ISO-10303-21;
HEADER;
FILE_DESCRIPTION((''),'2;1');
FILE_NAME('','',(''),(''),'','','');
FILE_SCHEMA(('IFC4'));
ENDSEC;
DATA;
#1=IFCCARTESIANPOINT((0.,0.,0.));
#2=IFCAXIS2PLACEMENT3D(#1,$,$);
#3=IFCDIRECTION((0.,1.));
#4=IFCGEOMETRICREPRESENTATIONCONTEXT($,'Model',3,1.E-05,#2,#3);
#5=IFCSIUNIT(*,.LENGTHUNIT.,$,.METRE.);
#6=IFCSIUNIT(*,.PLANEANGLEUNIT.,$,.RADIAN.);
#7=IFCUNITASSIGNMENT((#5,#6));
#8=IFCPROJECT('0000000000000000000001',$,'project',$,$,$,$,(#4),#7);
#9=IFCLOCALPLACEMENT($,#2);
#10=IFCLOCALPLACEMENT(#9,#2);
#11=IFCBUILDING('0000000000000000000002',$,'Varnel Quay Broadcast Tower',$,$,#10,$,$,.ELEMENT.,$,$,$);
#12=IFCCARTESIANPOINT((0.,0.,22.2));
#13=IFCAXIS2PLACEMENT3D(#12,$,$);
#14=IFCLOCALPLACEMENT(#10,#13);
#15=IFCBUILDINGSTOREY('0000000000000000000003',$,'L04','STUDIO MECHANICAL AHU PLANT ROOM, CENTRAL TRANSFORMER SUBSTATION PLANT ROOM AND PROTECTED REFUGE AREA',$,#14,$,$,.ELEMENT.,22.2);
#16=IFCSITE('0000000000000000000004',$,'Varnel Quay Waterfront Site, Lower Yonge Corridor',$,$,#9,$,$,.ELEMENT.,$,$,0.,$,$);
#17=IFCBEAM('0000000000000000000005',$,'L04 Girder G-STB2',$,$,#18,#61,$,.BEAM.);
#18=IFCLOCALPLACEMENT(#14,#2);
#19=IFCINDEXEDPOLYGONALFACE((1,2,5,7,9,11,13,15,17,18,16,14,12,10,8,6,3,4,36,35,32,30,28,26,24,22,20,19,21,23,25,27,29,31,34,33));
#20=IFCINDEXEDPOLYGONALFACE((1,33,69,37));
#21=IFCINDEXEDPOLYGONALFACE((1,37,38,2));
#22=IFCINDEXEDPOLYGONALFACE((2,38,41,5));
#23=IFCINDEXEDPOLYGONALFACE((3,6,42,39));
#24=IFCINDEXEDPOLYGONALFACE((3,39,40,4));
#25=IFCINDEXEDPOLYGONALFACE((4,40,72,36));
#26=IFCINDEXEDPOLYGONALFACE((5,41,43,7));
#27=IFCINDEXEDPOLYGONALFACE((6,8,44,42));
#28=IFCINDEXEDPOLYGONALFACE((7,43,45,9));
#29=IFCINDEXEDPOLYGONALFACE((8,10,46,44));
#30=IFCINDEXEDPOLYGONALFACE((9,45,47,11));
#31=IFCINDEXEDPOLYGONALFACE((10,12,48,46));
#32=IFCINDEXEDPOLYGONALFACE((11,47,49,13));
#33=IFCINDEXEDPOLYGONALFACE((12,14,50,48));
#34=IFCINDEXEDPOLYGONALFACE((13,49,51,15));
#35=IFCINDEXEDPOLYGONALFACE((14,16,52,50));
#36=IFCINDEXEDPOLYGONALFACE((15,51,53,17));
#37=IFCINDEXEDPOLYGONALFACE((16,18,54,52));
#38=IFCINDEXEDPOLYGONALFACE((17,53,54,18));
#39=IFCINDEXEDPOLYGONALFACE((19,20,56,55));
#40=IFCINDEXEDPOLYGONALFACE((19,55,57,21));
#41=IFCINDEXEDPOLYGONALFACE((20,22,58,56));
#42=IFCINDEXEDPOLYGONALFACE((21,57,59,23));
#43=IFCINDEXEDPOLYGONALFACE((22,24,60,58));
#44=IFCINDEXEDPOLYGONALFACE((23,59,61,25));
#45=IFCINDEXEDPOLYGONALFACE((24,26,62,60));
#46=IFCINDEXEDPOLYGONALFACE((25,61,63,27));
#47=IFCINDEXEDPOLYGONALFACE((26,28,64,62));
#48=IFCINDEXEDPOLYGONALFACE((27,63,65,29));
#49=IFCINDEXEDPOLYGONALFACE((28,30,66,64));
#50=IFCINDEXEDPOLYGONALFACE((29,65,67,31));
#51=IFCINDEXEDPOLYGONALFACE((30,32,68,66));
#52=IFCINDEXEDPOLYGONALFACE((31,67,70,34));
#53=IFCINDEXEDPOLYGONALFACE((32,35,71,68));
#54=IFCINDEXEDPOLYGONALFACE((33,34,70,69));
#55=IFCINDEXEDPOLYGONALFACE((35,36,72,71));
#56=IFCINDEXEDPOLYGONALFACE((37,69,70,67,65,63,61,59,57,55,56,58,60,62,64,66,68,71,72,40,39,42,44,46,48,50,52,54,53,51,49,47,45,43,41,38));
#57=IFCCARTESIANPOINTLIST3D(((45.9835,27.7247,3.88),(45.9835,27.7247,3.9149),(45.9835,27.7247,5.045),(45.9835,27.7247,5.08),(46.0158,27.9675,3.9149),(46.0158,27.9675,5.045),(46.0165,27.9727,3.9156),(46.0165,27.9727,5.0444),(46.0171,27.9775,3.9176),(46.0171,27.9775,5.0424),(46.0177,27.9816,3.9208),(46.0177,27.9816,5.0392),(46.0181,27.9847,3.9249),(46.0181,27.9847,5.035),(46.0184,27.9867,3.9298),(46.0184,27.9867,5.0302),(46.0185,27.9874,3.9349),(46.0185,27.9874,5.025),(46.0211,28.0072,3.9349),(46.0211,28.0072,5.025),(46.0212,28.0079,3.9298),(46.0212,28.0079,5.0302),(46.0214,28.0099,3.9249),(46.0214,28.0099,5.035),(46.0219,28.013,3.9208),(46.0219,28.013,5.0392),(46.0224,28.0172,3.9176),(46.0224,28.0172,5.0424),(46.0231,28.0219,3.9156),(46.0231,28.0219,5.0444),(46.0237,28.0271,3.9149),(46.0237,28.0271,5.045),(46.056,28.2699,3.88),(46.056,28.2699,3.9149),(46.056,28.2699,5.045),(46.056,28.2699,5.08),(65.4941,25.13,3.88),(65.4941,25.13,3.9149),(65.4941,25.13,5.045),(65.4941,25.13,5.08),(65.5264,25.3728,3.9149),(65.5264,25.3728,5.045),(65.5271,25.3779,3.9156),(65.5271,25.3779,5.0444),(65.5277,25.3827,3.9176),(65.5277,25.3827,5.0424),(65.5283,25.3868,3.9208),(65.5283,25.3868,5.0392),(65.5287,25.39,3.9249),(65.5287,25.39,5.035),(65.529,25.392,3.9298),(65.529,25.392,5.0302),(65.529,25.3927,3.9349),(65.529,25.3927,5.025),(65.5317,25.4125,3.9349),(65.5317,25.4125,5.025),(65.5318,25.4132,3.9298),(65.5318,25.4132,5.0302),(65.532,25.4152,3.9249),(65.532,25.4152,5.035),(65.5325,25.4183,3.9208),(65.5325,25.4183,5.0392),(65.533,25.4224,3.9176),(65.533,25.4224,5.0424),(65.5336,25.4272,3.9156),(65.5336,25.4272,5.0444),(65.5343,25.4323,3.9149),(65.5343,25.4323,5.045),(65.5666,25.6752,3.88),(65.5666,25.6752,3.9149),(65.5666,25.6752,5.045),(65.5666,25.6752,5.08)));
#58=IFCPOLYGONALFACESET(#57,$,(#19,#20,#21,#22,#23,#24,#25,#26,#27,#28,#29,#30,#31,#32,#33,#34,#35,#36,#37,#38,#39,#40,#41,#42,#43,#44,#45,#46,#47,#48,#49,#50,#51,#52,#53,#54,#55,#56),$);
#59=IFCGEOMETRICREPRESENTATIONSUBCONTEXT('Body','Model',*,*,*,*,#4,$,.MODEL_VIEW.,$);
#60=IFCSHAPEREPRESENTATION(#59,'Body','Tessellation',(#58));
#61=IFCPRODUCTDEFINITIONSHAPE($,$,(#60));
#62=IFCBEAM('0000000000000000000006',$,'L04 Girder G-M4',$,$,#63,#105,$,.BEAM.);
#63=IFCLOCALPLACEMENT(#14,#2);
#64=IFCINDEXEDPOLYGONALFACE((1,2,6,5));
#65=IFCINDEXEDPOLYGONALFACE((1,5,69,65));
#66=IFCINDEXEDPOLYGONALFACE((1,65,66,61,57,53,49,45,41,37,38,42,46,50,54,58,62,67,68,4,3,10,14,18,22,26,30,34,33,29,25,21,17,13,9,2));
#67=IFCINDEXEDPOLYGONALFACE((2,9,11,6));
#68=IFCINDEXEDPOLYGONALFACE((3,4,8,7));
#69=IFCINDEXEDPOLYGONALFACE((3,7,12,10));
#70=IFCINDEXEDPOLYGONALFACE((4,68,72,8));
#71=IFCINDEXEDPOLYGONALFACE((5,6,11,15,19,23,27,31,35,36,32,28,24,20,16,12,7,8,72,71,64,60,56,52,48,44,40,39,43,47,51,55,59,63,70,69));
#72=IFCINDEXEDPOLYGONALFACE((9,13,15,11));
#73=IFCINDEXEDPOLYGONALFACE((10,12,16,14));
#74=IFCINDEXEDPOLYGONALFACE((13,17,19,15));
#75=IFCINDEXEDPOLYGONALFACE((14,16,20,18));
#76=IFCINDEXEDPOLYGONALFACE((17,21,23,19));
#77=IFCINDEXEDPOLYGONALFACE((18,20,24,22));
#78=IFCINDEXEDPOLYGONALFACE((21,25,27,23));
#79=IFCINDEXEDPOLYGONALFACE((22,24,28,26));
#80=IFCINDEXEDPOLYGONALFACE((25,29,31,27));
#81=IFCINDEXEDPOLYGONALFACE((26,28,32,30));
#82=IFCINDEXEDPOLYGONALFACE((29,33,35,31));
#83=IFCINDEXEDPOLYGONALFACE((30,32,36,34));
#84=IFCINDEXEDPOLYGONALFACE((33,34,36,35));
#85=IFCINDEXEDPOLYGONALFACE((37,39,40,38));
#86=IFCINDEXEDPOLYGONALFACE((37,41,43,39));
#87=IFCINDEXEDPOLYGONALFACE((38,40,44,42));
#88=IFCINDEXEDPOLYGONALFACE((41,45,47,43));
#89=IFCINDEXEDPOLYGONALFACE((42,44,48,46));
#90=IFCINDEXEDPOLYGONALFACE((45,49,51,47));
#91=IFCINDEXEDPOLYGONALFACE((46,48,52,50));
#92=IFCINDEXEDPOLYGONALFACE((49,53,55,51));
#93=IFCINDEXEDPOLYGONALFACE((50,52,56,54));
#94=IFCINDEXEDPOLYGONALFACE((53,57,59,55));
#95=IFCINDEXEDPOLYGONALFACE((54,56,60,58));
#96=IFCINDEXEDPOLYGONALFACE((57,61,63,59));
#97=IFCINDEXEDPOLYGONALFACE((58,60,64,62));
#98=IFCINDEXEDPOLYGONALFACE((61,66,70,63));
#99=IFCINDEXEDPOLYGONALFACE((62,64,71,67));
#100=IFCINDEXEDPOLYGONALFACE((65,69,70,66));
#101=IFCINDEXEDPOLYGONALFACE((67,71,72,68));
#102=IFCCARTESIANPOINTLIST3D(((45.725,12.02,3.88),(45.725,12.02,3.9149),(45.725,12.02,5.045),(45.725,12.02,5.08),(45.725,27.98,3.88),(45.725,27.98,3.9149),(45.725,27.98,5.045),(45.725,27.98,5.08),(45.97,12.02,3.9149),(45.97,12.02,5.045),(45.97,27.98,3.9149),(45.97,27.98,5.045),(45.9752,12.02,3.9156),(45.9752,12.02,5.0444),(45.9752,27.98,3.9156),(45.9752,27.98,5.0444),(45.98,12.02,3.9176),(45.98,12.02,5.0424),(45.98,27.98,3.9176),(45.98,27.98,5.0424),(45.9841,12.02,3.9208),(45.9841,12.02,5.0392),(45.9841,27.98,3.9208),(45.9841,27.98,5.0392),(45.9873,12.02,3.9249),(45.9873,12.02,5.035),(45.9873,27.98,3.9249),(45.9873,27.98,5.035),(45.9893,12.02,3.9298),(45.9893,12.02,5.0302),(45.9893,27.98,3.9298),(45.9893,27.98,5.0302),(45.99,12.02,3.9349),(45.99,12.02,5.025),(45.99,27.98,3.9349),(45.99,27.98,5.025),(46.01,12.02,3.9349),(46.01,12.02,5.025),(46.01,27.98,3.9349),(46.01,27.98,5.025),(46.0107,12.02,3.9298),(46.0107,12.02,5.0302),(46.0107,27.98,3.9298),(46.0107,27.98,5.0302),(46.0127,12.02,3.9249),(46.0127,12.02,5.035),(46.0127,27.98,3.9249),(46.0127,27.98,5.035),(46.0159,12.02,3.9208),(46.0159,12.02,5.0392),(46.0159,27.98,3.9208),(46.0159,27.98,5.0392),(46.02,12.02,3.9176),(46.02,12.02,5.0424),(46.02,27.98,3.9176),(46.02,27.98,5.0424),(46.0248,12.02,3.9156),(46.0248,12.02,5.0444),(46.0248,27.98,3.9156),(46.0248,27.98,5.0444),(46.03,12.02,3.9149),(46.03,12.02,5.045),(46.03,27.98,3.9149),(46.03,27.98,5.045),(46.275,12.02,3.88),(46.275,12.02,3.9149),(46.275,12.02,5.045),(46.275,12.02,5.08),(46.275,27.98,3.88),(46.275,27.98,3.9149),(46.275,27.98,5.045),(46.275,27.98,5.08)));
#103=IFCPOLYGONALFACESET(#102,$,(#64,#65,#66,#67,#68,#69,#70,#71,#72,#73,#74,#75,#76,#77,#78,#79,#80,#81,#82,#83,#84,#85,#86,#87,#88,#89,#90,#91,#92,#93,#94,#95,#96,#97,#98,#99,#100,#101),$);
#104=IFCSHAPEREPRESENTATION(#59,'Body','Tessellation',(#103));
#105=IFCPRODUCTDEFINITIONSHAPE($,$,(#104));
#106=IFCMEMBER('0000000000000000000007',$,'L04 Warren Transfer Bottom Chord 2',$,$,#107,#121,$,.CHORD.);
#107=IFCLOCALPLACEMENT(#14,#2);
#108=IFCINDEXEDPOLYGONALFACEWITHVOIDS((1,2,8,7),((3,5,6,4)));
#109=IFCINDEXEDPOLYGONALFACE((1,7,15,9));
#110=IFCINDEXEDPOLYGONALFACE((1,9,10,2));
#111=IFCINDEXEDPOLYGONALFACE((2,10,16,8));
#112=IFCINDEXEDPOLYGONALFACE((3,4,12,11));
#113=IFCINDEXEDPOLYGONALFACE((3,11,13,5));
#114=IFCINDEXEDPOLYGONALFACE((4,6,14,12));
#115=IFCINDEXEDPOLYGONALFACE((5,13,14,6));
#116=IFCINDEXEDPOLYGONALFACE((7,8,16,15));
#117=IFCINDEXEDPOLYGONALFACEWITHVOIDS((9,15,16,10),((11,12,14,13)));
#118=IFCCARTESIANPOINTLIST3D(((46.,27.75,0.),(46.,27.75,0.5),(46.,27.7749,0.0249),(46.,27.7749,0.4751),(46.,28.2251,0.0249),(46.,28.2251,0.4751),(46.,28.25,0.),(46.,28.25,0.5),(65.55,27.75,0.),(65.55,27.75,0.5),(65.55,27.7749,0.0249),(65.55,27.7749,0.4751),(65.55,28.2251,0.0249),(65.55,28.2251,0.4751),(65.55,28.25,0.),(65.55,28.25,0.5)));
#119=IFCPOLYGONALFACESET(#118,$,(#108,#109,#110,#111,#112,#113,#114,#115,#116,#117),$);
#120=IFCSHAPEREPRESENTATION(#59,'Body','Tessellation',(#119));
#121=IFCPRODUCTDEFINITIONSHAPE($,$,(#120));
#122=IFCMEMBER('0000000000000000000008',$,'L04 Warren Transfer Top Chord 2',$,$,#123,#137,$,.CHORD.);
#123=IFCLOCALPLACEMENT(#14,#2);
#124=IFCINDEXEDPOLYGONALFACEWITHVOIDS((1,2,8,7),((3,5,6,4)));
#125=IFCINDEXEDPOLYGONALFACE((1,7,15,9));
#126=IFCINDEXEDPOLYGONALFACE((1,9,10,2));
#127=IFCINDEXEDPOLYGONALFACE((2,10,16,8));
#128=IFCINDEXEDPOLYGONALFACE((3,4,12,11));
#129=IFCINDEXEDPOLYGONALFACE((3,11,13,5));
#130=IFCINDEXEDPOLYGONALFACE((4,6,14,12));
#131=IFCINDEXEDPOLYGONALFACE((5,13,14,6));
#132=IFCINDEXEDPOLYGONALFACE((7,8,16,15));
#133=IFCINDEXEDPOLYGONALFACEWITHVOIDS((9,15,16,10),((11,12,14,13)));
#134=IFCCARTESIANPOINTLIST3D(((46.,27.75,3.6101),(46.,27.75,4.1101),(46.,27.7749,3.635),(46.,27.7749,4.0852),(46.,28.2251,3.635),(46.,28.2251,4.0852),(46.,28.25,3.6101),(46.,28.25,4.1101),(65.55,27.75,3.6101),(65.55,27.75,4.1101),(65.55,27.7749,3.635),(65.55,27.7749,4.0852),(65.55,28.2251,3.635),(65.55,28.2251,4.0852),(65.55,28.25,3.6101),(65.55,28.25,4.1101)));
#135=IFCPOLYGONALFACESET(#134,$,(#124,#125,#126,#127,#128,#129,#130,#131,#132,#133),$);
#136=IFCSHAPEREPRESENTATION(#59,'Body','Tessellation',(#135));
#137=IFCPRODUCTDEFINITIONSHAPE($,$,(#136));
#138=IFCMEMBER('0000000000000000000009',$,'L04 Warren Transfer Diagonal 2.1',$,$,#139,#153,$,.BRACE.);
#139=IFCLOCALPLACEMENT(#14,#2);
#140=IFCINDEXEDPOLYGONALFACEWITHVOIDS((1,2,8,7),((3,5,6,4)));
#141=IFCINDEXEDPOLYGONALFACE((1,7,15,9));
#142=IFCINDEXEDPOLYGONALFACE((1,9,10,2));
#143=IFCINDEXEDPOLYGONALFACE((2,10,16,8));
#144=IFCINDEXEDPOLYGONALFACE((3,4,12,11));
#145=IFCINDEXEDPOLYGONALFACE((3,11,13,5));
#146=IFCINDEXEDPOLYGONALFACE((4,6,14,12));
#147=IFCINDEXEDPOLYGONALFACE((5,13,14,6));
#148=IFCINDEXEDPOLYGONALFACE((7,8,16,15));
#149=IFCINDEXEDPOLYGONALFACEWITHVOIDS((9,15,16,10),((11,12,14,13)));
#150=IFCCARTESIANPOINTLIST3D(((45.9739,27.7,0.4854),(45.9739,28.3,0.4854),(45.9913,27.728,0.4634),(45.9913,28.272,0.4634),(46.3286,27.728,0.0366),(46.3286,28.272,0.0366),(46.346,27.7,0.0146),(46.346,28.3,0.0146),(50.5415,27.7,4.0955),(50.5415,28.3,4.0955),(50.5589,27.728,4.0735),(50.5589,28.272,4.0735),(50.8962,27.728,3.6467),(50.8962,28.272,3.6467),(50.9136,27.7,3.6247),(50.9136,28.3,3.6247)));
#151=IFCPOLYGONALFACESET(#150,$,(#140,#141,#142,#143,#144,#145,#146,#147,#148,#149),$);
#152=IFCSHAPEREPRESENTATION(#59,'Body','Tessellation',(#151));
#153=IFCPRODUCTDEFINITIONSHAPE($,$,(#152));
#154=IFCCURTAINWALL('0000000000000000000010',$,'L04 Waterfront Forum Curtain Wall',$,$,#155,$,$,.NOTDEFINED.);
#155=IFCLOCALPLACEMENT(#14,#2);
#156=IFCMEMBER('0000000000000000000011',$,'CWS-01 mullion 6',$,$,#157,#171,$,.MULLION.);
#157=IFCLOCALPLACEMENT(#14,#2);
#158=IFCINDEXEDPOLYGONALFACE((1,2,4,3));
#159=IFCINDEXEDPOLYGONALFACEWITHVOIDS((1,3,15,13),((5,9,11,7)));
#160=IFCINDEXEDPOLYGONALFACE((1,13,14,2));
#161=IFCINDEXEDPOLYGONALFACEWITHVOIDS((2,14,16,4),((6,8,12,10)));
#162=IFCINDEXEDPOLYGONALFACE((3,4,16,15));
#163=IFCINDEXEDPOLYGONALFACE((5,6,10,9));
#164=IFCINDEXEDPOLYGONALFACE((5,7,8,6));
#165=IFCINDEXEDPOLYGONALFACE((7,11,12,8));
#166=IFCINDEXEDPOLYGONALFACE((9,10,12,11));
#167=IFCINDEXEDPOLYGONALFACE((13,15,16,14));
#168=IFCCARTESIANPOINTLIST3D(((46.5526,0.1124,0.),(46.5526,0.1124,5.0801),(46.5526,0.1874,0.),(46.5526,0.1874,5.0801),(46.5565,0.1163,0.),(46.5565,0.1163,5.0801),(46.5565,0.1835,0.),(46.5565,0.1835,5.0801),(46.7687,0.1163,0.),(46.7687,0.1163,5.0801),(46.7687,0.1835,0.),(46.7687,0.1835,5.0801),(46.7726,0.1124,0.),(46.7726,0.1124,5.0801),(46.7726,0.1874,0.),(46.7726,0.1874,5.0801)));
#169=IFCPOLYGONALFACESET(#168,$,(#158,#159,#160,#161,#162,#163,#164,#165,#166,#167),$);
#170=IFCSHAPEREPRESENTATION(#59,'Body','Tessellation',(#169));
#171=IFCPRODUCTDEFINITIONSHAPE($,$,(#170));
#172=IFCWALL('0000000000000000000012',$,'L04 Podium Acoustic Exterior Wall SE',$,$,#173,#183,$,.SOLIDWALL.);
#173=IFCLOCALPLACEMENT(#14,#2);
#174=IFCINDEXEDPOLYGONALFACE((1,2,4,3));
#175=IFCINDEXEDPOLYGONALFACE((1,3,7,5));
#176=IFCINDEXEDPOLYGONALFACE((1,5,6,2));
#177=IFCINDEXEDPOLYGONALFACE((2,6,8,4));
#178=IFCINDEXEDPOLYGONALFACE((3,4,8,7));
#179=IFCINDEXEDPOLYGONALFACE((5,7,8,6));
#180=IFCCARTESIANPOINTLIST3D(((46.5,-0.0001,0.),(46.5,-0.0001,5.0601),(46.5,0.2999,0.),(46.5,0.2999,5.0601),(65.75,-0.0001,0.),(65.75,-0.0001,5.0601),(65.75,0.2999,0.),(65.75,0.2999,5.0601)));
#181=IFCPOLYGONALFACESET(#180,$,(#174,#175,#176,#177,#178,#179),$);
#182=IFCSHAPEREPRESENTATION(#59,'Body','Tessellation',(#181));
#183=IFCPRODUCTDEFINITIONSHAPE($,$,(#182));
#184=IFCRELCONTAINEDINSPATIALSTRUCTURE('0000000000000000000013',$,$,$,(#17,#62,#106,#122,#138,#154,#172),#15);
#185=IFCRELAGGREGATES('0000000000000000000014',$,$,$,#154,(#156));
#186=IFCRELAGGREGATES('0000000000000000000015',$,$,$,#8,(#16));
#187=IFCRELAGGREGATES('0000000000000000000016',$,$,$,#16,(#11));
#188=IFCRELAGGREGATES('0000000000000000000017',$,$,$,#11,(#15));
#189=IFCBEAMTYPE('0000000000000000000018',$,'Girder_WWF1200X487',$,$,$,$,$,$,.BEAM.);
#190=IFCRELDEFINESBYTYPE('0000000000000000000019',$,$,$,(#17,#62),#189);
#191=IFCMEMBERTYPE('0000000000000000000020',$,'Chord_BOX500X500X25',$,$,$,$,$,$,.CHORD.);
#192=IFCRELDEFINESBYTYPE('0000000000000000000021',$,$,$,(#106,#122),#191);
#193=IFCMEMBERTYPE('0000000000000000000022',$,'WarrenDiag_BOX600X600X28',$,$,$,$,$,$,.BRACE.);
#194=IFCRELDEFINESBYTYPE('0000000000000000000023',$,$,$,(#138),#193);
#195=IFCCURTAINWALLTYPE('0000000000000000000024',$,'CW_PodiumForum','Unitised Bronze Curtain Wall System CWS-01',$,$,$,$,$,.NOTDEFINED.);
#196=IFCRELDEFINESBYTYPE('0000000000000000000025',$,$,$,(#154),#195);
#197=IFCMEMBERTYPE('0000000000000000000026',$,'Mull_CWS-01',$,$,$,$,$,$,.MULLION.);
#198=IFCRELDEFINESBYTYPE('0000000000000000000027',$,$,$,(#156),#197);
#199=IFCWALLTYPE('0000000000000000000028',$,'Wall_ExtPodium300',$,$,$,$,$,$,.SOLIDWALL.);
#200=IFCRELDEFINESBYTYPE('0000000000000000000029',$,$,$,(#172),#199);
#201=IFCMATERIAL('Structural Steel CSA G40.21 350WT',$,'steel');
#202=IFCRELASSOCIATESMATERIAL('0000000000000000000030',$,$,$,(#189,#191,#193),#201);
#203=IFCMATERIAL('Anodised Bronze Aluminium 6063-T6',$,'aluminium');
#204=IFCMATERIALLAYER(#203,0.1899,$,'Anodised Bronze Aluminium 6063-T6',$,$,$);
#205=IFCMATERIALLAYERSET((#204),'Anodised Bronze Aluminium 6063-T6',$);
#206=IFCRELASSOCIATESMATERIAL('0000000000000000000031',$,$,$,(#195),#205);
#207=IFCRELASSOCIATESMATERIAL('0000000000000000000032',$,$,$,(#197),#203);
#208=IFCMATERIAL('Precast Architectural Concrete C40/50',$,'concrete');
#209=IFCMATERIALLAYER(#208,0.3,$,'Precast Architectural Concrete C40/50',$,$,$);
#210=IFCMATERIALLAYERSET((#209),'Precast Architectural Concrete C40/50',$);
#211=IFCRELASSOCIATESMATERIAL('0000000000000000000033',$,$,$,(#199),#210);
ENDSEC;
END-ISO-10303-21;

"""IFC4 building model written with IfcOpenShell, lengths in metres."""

from ifc_helpers import new_model, si_unit, direction, frame, frame_2d, origin, origin_2d, place, context, subcontext, project, spatial, rectangle, hollow_rectangle, i_section, extrude, source, transform, mapped, material, layer, layer_set, material_profile, profile_set, type_object, type_shapes, element, aggregate, save


model = new_model("IFC4")

# Units and contexts
model_context = context("Model", 3, precision=1e-05, world=origin(), true_north=direction((0.0, 1.0)))
body_context = subcontext(model_context, "Body", "Model", "MODEL_VIEW")
ifc_project = project(units=[si_unit("LENGTHUNIT", "METRE"), si_unit("PLANEANGLEUNIT", "RADIAN")], contexts=[model_context])

# Site, building, storey
site_placement = place(None, origin())
site = spatial("IfcSite", under=ifc_project, at=site_placement, Name="Varnel Quay Waterfront Site, Lower Yonge Corridor", CompositionType="ELEMENT", RefElevation=0.0)
building_placement = place(site_placement, origin())
building = spatial("IfcBuilding", under=site, at=building_placement, Name="Varnel Quay Broadcast Tower", CompositionType="ELEMENT")
storey_placement = place(building_placement, frame((0.0, 0.0, 22.2)))
storey = spatial("IfcBuildingStorey", under=building, at=storey_placement, Name="L04", Description="STUDIO MECHANICAL AHU PLANT ROOM, CENTRAL TRANSFORMER SUBSTATION PLANT ROOM AND PROTECTED REFUGE AREA", CompositionType="ELEMENT", Elevation=22.2)

# Shared definitions
ifc_material_1 = material(Name="Structural Steel CSA G40.21 350WT", Category="steel")

# Beams
ifc_material_profile_1 = material_profile(ifc_material_1, i_section(OverallWidth=0.55, OverallDepth=1.2, WebThickness=0.02, FlangeThickness=0.0349, FilletRadius=0.02, at=origin_2d()), Name="WWF1200X487")
ifc_profile_set_1 = profile_set([ifc_material_profile_1], Name="Structural Steel CSA G40.21 350WT")
beam_type_1 = type_object("IfcBeamType", Name="Girder_WWF1200X487", PredefinedType="BEAM", material=ifc_profile_set_1)
shared_shape_1 = source(origin(), body_context, "Body", "SweptSolid", [
    extrude(i_section(OverallWidth=0.55, OverallDepth=1.2, WebThickness=0.02, FlangeThickness=0.0349, FilletRadius=0.02, at=origin_2d()), origin(), (0.0, 0.0, 1.0), 19.6824),
])
beam_1_placement = place(storey_placement, frame((46.0198, 27.9973, 4.48), z_axis=(0.991272, -0.131831, 0.0), x_axis=(0.131831, 0.991272, 0.0)))
element("IfcBeam", 1, at=beam_1_placement, inside=storey, type_object=beam_type_1, Name="L04 Girder G-STB2", PredefinedType="BEAM", context=body_context, shape_type="MappedRepresentation", body=[
    mapped(shared_shape_1, transform((0.0, 0.0, 0.0), x_axis=(1.0, 0.0, 0.0), y_axis=(0.0, 1.0, 0.0), z_axis=(0.0, 0.0, 1.0), scale=1.0)),
])
shared_shape_2 = source(origin(), body_context, "Body", "SweptSolid", [
    extrude(i_section(OverallWidth=0.55, OverallDepth=1.2, WebThickness=0.02, FlangeThickness=0.0349, FilletRadius=0.02, at=origin_2d()), origin(), (0.0, 0.0, 1.0), 15.96),
])
beam_2_placement = place(storey_placement, frame((46.0, 12.02, 4.48), z_axis=(0.0, 1.0, 0.0), x_axis=(-1.0, 0.0, 0.0)))
element("IfcBeam", 2, at=beam_2_placement, inside=storey, type_object=beam_type_1, Name="L04 Girder G-M4", PredefinedType="BEAM", context=body_context, shape_type="MappedRepresentation", body=[
    mapped(shared_shape_2, transform((0.0, 0.0, 0.0), x_axis=(1.0, 0.0, 0.0), y_axis=(0.0, 1.0, 0.0), z_axis=(0.0, 0.0, 1.0), scale=1.0)),
])

# Members
ifc_material_profile_2 = material_profile(ifc_material_1, hollow_rectangle(XDim=0.5, YDim=0.5, WallThickness=0.0249, at=origin_2d()), Name="BOX500X500X25")
ifc_profile_set_2 = profile_set([ifc_material_profile_2], Name="Structural Steel CSA G40.21 350WT")
member_type_1 = type_object("IfcMemberType", Name="Chord_BOX500X500X25", PredefinedType="CHORD", material=ifc_profile_set_2)
shared_shape_3 = source(origin(), body_context, "Body", "SweptSolid", [
    extrude(hollow_rectangle(XDim=0.5, YDim=0.5, WallThickness=0.0249, at=origin_2d()), origin(), (0.0, 0.0, 1.0), 19.55),
])
type_shapes(member_type_1, [shared_shape_3])
for number, where, z_axis, x_axis, name in (
    (3, (46.0, 28.0, 0.25), (1.0, 0.0, 0.0), (0.0, 1.0, 0.0), "L04 Warren Transfer Bottom Chord 2"),
    (4, (46.0, 28.0, 3.8601), (1.0, 0.0, 0.0), (0.0, 1.0, 0.0), "L04 Warren Transfer Top Chord 2"),
):
    element("IfcMember", number, at=place(storey_placement, frame(where, z_axis=z_axis, x_axis=x_axis)), inside=storey, type_object=member_type_1, Name=name, PredefinedType="CHORD", context=body_context, shape_type="MappedRepresentation", body=[
        mapped(shared_shape_3, transform((0.0, 0.0, 0.0), x_axis=(1.0, 0.0, 0.0), y_axis=(0.0, 1.0, 0.0), z_axis=(0.0, 0.0, 1.0), scale=1.0)),
    ])
ifc_material_profile_3 = material_profile(ifc_material_1, hollow_rectangle(XDim=0.6001, YDim=0.6001, WallThickness=0.0281, at=origin_2d()), Name="BOX600X600X28")
ifc_profile_set_3 = profile_set([ifc_material_profile_3], Name="Structural Steel CSA G40.21 350WT")
member_type_2 = type_object("IfcMemberType", Name="WarrenDiag_BOX600X600X28", PredefinedType="BRACE", material=ifc_profile_set_3)
shared_shape_4 = source(origin(), body_context, "Body", "SweptSolid", [
    extrude(hollow_rectangle(XDim=0.6001, YDim=0.6001, WallThickness=0.0281, at=origin_2d()), origin(), (0.0, 0.0, 1.0), 5.822),
])
type_shapes(member_type_2, [shared_shape_4])
member_1_placement = place(storey_placement, frame((46.1599, 28.0, 0.25), z_axis=(0.784541, 0.0, 0.620077), x_axis=(0.0, 1.0, 0.0)))
element("IfcMember", 5, at=member_1_placement, inside=storey, type_object=member_type_2, Name="L04 Warren Transfer Diagonal 2.1", PredefinedType="BRACE", context=body_context, shape_type="MappedRepresentation", body=[
    mapped(shared_shape_4, transform((0.0, 0.0, 0.0), x_axis=(1.0, 0.0, 0.0), y_axis=(0.0, 1.0, 0.0), z_axis=(0.0, 0.0, 1.0), scale=1.0)),
])

# Curtain wall, member
ifc_material_2 = material(Name="Anodised Bronze Aluminium 6063-T6", Category="aluminium")
ifc_layer_1 = layer(ifc_material_2, 0.1899, Name="Anodised Bronze Aluminium 6063-T6")
ifc_layer_set_1 = layer_set([ifc_layer_1], Name="Anodised Bronze Aluminium 6063-T6")
curtain_wall_type = type_object("IfcCurtainWallType", Name="CW_PodiumForum", Description="Unitised Bronze Curtain Wall System CWS-01", PredefinedType="NOTDEFINED", material=ifc_layer_set_1)
curtain_wall_placement = place(storey_placement, origin())
curtain_wall = element("IfcCurtainWall", 6, at=curtain_wall_placement, inside=storey, type_object=curtain_wall_type, Name="L04 Waterfront Forum Curtain Wall", PredefinedType="NOTDEFINED")
ifc_material_profile_4 = material_profile(ifc_material_2, hollow_rectangle(XDim=0.075, YDim=0.22, WallThickness=0.0039, at=origin_2d()), Name="ALU75X220X4")
ifc_profile_set_4 = profile_set([ifc_material_profile_4], Name="Anodised Bronze Aluminium 6063-T6")
member_type_3 = type_object("IfcMemberType", Name="Mull_CWS-01", PredefinedType="MULLION", material=ifc_profile_set_4)
shared_shape_5 = source(origin(), body_context, "Body", "SweptSolid", [
    extrude(hollow_rectangle(XDim=0.075, YDim=0.22, WallThickness=0.0039, at=origin_2d()), origin(), (0.0, 0.0, 1.0), 5.0801),
])
type_shapes(member_type_3, [shared_shape_5])
member_2_placement = place(storey_placement, frame((46.6626, 0.1499, 0.0), z_axis=(0.0, 0.0, 1.0), x_axis=(0.0, 1.0, 0.0)))
member_2 = element("IfcMember", 7, at=member_2_placement, type_object=member_type_3, Name="CWS-01 mullion 6", PredefinedType="MULLION", context=body_context, shape_type="MappedRepresentation", body=[
    mapped(shared_shape_5, transform((0.0, 0.0, 0.0), x_axis=(1.0, 0.0, 0.0), y_axis=(0.0, 1.0, 0.0), z_axis=(0.0, 0.0, 1.0), scale=1.0)),
])
aggregate(curtain_wall, [member_2])

# Wall
ifc_material_3 = material(Name="Precast Architectural Concrete C40/50", Category="concrete")
ifc_layer_2 = layer(ifc_material_3, 0.3, Name="Precast Architectural Concrete C40/50")
ifc_layer_set_2 = layer_set([ifc_layer_2], Name="Precast Architectural Concrete C40/50")
wall_type_1 = type_object("IfcWallType", Name="Wall_ExtPodium300", PredefinedType="SOLIDWALL", material=ifc_layer_set_2)
wall_1_placement = place(storey_placement, frame((46.5, 0.1499, 0.0), z_axis=(0.0, 0.0, 1.0), x_axis=(1.0, 0.0, 0.0)))
element("IfcWall", 8, at=wall_1_placement, inside=storey, type_object=wall_type_1, Name="L04 Podium Acoustic Exterior Wall SE", PredefinedType="SOLIDWALL", context=body_context, shape_type="SweptSolid", body=[
    extrude(rectangle(XDim=19.25, YDim=0.3, at=frame_2d((9.625, 0.0))), origin(), (0.0, 0.0, 1.0), 5.0601),
])

save(model, "model.ifc")
